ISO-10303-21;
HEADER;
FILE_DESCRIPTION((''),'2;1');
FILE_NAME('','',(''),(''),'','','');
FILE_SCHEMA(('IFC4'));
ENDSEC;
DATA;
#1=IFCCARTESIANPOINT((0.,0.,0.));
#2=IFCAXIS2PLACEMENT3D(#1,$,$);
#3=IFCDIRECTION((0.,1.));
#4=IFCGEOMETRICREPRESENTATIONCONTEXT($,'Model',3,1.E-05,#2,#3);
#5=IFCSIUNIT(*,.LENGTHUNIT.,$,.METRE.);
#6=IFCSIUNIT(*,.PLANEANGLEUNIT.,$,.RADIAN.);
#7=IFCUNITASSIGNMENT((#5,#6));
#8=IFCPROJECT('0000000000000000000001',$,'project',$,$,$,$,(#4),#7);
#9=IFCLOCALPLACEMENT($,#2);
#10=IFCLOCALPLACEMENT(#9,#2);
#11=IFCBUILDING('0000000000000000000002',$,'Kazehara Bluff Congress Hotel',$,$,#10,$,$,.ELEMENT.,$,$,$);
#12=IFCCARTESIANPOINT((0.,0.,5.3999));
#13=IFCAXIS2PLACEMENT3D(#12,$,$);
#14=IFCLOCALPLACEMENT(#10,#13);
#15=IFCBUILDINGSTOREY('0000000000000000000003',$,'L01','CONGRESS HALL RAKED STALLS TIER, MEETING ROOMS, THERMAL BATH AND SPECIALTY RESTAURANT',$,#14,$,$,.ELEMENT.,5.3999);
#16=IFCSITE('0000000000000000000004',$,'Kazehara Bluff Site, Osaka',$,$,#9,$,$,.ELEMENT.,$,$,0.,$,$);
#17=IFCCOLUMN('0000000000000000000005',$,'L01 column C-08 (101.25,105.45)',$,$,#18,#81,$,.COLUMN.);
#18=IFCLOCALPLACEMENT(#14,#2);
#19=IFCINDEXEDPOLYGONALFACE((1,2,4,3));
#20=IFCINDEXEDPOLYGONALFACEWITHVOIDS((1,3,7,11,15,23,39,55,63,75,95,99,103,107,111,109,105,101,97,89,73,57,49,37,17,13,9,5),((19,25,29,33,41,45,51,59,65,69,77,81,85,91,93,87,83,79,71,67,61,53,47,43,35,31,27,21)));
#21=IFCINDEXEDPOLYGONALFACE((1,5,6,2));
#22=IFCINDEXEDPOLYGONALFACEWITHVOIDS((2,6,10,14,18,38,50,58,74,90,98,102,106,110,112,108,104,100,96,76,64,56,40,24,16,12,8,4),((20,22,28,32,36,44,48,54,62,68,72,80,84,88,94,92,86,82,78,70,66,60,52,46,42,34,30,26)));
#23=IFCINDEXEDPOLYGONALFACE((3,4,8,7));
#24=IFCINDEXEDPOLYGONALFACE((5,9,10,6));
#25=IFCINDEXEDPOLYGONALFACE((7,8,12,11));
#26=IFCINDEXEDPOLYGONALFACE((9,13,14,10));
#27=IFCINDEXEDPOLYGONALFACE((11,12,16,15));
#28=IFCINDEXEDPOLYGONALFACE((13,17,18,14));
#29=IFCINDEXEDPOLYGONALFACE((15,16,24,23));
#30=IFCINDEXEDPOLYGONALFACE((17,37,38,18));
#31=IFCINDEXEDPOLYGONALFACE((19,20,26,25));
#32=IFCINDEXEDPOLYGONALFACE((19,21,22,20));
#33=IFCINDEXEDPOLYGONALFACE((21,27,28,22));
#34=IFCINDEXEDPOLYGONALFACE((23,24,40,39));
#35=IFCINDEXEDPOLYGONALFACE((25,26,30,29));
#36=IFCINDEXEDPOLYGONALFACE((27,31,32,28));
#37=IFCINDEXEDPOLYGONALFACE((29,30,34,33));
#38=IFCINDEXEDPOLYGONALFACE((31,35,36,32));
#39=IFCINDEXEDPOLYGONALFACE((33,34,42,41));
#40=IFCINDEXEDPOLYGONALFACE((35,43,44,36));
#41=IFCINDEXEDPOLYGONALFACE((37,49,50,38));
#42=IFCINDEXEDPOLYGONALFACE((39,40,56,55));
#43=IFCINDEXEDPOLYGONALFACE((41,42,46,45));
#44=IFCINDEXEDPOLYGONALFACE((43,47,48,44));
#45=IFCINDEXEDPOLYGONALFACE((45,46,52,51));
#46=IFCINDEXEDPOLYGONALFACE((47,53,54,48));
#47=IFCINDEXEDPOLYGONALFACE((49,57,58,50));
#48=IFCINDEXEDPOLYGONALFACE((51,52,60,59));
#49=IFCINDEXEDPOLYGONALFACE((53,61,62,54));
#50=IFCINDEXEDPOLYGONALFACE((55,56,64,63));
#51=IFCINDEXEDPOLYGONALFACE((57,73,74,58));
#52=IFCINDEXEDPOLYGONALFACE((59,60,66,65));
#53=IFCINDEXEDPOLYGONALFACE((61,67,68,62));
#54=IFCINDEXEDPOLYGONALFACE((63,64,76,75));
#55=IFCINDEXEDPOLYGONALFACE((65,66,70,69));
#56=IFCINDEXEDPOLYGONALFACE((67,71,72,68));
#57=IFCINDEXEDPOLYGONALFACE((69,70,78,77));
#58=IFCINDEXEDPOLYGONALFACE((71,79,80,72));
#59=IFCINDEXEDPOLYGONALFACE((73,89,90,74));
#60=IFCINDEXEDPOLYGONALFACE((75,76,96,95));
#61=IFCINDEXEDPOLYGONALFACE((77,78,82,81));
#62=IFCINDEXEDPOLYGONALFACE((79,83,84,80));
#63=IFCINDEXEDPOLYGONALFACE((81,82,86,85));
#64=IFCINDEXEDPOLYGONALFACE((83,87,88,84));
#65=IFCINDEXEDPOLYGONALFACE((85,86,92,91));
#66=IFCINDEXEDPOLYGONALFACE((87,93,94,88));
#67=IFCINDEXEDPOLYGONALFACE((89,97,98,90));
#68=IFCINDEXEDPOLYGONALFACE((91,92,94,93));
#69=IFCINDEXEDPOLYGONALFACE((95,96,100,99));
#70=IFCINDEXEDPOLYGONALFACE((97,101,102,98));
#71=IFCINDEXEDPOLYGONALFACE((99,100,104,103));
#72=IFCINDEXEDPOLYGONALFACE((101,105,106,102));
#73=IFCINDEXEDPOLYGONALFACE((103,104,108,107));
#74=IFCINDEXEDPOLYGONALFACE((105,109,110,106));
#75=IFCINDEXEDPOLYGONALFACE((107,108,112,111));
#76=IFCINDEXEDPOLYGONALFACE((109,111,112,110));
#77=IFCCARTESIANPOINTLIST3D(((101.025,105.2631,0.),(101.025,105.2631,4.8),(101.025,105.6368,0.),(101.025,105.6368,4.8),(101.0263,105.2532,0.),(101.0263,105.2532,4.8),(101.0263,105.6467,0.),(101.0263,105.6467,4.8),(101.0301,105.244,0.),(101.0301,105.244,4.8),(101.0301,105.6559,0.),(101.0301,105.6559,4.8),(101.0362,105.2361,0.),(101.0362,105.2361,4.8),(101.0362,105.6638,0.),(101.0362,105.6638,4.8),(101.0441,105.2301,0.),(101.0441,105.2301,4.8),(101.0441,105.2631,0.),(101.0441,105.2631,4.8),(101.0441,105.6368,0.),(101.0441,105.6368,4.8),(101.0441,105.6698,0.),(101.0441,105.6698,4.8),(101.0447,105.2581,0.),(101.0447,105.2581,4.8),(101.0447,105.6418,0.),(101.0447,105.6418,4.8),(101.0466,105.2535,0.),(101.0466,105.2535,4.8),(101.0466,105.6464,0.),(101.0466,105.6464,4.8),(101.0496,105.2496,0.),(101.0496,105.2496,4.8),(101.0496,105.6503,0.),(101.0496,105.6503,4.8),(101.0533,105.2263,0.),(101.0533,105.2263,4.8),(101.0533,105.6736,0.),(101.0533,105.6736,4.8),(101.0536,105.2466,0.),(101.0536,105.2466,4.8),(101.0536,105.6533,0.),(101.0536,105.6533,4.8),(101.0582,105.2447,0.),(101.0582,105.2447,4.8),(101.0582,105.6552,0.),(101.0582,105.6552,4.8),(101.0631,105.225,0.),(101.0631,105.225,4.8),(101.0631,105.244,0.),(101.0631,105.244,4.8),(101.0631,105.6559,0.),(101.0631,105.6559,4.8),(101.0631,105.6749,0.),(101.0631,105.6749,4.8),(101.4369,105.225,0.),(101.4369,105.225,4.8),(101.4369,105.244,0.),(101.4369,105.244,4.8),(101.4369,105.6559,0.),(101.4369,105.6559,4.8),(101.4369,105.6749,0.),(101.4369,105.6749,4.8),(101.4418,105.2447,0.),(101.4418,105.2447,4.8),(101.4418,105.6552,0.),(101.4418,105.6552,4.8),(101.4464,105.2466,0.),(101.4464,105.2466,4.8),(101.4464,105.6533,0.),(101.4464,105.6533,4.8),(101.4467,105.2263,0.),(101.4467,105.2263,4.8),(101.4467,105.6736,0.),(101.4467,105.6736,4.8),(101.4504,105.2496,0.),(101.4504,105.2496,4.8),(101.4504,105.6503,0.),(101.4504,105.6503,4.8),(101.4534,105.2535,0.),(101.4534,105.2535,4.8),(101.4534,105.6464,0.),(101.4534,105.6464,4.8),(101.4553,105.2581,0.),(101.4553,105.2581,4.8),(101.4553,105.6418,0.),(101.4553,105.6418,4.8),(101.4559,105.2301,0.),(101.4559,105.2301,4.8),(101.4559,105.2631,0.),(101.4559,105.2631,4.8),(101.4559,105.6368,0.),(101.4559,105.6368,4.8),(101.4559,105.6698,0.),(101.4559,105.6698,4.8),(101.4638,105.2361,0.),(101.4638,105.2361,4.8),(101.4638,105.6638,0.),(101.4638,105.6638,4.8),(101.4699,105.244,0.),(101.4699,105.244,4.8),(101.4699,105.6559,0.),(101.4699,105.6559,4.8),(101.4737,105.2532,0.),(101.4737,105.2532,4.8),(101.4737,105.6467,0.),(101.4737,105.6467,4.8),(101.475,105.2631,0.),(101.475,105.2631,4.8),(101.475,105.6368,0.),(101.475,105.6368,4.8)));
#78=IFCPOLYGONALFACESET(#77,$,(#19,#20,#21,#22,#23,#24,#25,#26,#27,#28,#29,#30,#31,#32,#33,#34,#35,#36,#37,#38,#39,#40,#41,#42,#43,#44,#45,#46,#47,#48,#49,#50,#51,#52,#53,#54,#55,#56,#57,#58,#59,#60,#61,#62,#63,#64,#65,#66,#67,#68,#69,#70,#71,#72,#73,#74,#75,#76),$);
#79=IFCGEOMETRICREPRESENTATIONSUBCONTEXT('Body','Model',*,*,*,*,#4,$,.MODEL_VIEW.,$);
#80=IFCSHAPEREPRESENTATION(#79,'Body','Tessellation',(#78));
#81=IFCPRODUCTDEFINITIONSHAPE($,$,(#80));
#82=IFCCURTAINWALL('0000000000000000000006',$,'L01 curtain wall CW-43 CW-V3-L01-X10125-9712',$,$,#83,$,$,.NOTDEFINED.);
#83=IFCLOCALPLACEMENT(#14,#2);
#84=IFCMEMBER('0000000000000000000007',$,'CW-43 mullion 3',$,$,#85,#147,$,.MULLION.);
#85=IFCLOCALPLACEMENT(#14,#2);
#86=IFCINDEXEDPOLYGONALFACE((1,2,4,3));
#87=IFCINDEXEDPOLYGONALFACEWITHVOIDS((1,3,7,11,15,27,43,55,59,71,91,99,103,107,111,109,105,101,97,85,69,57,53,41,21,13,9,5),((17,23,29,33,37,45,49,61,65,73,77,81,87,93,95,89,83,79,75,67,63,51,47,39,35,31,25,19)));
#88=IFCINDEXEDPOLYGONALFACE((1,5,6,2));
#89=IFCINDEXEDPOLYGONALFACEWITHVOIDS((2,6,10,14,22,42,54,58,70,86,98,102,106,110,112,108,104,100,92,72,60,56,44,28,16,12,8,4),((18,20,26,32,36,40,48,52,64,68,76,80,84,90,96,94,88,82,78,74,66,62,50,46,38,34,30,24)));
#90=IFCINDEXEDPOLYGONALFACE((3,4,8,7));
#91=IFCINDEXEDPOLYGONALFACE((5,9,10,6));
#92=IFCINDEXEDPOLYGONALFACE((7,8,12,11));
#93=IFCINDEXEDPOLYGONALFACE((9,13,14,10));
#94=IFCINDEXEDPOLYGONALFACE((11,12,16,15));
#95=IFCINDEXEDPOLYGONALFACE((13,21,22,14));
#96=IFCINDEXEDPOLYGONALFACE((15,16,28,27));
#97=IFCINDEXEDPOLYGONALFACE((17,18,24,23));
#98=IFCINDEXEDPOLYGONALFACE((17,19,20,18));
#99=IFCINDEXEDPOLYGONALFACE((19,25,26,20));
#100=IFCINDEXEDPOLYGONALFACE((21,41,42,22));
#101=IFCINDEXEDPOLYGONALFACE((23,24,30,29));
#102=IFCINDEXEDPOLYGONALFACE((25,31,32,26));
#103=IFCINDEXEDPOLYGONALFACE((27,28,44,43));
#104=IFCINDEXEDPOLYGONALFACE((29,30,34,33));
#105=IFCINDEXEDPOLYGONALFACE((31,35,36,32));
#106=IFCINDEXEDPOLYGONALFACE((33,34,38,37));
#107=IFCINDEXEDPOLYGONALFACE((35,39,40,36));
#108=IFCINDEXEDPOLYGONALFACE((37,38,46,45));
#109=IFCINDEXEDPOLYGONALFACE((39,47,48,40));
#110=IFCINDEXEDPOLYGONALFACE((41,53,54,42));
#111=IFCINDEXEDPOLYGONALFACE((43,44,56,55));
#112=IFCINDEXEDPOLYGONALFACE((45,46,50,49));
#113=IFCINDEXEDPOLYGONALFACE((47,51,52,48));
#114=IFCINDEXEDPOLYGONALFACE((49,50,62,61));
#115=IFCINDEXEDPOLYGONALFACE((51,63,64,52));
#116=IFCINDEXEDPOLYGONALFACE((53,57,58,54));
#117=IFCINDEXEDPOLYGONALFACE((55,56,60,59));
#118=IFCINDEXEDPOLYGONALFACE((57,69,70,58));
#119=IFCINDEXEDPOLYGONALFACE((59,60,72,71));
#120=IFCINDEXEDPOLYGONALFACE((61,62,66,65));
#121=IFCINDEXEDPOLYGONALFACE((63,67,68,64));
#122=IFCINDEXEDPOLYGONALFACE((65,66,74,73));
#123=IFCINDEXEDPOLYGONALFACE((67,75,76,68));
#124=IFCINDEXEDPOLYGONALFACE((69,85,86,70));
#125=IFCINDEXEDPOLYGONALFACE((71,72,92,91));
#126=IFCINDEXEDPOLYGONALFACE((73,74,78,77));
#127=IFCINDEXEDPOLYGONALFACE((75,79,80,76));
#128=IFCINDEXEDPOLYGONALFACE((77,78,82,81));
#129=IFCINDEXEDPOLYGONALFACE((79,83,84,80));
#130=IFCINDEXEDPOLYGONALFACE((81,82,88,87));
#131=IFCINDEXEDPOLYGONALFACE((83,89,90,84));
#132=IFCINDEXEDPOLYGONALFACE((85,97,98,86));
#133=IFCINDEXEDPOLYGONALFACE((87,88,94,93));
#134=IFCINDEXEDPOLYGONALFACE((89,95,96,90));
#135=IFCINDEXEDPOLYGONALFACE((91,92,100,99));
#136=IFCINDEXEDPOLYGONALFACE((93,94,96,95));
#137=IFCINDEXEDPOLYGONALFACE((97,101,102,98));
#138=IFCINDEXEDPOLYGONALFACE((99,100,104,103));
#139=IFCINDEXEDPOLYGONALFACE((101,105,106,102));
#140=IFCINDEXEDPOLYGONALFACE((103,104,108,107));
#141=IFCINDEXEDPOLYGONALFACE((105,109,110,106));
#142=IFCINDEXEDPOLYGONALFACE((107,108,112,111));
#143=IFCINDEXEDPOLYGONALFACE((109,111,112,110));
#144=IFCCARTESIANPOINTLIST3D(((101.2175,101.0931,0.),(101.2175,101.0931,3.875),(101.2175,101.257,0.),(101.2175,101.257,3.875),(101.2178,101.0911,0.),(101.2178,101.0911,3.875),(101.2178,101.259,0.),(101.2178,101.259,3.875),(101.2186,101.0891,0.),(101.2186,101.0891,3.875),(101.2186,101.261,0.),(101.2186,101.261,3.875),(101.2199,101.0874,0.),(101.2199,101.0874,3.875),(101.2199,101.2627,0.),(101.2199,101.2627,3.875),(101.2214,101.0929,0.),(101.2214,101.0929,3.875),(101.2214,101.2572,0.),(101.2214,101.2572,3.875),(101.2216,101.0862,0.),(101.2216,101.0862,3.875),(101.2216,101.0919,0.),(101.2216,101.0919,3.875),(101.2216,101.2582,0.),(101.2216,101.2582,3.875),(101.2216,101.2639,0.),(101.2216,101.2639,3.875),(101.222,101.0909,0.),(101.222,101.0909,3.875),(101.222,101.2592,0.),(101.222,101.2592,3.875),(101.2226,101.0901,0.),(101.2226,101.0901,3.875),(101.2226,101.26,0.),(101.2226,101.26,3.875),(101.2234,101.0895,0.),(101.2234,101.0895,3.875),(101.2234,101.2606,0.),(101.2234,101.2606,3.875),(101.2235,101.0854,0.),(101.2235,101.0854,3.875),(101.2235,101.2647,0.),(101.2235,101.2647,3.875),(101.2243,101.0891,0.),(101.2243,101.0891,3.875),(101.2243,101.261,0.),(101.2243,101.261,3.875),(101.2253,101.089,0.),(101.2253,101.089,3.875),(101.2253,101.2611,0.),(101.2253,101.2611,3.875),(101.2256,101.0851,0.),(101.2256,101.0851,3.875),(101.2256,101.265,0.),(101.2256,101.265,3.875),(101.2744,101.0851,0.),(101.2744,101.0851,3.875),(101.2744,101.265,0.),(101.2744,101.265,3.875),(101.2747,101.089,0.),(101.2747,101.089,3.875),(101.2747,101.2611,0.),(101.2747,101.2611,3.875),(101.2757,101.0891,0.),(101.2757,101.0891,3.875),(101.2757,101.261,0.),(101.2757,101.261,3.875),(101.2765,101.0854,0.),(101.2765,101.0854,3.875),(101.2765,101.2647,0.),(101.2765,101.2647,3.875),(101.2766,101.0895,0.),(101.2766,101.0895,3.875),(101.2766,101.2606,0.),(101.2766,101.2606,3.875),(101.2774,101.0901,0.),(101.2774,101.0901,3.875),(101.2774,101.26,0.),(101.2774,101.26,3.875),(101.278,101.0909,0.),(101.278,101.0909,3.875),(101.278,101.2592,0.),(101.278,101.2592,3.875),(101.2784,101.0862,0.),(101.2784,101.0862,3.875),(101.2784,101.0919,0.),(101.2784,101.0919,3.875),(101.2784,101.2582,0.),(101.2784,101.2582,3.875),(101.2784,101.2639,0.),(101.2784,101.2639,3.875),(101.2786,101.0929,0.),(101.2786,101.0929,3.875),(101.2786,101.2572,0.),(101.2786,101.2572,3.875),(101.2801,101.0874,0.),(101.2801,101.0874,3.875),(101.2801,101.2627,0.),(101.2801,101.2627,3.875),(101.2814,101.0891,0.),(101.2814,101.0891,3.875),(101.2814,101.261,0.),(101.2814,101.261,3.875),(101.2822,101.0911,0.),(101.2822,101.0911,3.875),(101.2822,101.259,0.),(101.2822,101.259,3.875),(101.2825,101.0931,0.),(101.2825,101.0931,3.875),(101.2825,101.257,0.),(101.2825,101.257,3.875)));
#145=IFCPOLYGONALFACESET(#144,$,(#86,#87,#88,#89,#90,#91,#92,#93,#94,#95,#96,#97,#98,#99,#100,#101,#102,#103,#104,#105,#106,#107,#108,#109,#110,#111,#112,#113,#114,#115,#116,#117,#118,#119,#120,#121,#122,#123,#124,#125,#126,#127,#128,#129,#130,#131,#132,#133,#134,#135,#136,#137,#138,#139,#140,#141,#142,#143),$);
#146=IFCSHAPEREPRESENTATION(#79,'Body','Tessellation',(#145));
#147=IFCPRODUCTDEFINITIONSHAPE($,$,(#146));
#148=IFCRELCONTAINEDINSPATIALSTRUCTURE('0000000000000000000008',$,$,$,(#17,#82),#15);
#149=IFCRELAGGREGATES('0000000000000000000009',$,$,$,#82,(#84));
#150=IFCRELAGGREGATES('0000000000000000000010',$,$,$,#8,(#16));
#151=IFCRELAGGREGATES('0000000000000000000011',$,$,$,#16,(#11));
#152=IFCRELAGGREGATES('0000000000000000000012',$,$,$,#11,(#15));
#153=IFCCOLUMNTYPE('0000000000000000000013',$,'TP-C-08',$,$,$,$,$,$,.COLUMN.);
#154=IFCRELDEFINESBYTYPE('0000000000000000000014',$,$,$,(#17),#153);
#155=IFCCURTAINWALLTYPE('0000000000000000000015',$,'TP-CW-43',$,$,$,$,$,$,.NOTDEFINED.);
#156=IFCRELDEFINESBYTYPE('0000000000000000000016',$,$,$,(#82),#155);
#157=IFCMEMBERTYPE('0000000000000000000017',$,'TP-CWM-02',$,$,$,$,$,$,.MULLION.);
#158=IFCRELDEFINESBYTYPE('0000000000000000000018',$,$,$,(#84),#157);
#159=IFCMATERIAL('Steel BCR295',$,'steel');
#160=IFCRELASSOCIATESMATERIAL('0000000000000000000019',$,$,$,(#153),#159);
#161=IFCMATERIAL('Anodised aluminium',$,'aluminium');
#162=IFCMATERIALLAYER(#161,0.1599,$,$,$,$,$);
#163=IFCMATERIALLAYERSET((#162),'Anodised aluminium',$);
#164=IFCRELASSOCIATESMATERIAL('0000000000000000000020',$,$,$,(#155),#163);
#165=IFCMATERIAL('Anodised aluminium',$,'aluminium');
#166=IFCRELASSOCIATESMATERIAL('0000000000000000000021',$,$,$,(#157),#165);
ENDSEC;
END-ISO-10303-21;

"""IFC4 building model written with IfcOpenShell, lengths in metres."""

from ifc_helpers import new_model, si_unit, direction, frame, origin, origin_2d, place, context, subcontext, project, spatial, hollow_rectangle, extrude, material, layer, layer_set, material_profile, profile_set, type_object, element, aggregate, save


model = new_model("IFC4")

# Units and contexts
model_context = context("Model", 3, precision=1e-05, world=origin(), true_north=direction((0.0, 1.0)))
body_context = subcontext(model_context, "Body", "Model", "MODEL_VIEW")
ifc_project = project(units=[si_unit("LENGTHUNIT", "METRE"), si_unit("PLANEANGLEUNIT", "RADIAN")], contexts=[model_context])

# Site, building, storey
site_placement = place(None, origin())
site = spatial("IfcSite", under=ifc_project, at=site_placement, Name="Kazehara Bluff Site, Osaka", CompositionType="ELEMENT", RefElevation=0.0)
building_placement = place(site_placement, origin())
building = spatial("IfcBuilding", under=site, at=building_placement, Name="Kazehara Bluff Congress Hotel", CompositionType="ELEMENT")
storey_placement = place(building_placement, frame((0.0, 0.0, 5.3999)))
storey = spatial("IfcBuildingStorey", under=building, at=storey_placement, Name="L01", Description="CONGRESS HALL RAKED STALLS TIER, MEETING ROOMS, THERMAL BATH AND SPECIALTY RESTAURANT", CompositionType="ELEMENT", Elevation=5.3999)

# Column
ifc_material_1 = material(Name="Steel BCR295", Category="steel")
ifc_material_profile_1 = material_profile(ifc_material_1, hollow_rectangle(XDim=0.45, YDim=0.45, WallThickness=0.019, InnerFilletRadius=0.019, OuterFilletRadius=0.0381, at=origin_2d()))
ifc_profile_set_1 = profile_set([ifc_material_profile_1], Name="Steel BCR295")
column_type = type_object("IfcColumnType", Name="TP-C-08", PredefinedType="COLUMN", material=ifc_profile_set_1)
column_placement = place(storey_placement, frame((101.25, 105.45, 0.0), z_axis=(0.0, 0.0, 1.0), x_axis=(1.0, 0.0, 0.0)))
element("IfcColumn", 1, at=column_placement, inside=storey, type_object=column_type, Name="L01 column C-08 (101.25,105.45)", PredefinedType="COLUMN", context=body_context, shape_type="SweptSolid", body=[
    extrude(hollow_rectangle(XDim=0.45, YDim=0.45, WallThickness=0.019, InnerFilletRadius=0.019, OuterFilletRadius=0.0381, at=origin_2d()), origin(), (0.0, 0.0, 1.0), 4.8),
])

# Curtain wall, member
ifc_material_2 = material(Name="Anodised aluminium", Category="aluminium")
ifc_layer_1 = layer(ifc_material_2, 0.1599)
ifc_layer_set_1 = layer_set([ifc_layer_1], Name="Anodised aluminium")
curtain_wall_type_1 = type_object("IfcCurtainWallType", Name="TP-CW-43", PredefinedType="NOTDEFINED", material=ifc_layer_set_1)
curtain_wall_1_placement = place(storey_placement, origin())
curtain_wall_1 = element("IfcCurtainWall", 2, at=curtain_wall_1_placement, inside=storey, type_object=curtain_wall_type_1, Name="L01 curtain wall CW-43 CW-V3-L01-X10125-9712", PredefinedType="NOTDEFINED")
ifc_material_3 = material(Name="Anodised aluminium", Category="aluminium")
ifc_material_profile_2 = material_profile(ifc_material_3, hollow_rectangle(XDim=0.0649, YDim=0.1799, WallThickness=0.0039, InnerFilletRadius=0.0039, OuterFilletRadius=0.0081, at=origin_2d()))
ifc_profile_set_2 = profile_set([ifc_material_profile_2], Name="Anodised aluminium")
member_type_1 = type_object("IfcMemberType", Name="TP-CWM-02", PredefinedType="MULLION", material=ifc_profile_set_2)
member_1_placement = place(storey_placement, frame((101.25, 101.175, 0.0), z_axis=(0.0, 0.0, 1.0), x_axis=(-1.0, 0.0, 0.0)))
member_1 = element("IfcMember", 3, at=member_1_placement, type_object=member_type_1, Name="CW-43 mullion 3", PredefinedType="MULLION", context=body_context, shape_type="SweptSolid", body=[
    extrude(hollow_rectangle(XDim=0.0649, YDim=0.1799, WallThickness=0.0039, InnerFilletRadius=0.0039, OuterFilletRadius=0.0081, at=origin_2d()), origin(), (0.0, 0.0, 1.0), 3.875),
])

aggregate(curtain_wall_1, [member_1])

save(model, "model.ifc")
